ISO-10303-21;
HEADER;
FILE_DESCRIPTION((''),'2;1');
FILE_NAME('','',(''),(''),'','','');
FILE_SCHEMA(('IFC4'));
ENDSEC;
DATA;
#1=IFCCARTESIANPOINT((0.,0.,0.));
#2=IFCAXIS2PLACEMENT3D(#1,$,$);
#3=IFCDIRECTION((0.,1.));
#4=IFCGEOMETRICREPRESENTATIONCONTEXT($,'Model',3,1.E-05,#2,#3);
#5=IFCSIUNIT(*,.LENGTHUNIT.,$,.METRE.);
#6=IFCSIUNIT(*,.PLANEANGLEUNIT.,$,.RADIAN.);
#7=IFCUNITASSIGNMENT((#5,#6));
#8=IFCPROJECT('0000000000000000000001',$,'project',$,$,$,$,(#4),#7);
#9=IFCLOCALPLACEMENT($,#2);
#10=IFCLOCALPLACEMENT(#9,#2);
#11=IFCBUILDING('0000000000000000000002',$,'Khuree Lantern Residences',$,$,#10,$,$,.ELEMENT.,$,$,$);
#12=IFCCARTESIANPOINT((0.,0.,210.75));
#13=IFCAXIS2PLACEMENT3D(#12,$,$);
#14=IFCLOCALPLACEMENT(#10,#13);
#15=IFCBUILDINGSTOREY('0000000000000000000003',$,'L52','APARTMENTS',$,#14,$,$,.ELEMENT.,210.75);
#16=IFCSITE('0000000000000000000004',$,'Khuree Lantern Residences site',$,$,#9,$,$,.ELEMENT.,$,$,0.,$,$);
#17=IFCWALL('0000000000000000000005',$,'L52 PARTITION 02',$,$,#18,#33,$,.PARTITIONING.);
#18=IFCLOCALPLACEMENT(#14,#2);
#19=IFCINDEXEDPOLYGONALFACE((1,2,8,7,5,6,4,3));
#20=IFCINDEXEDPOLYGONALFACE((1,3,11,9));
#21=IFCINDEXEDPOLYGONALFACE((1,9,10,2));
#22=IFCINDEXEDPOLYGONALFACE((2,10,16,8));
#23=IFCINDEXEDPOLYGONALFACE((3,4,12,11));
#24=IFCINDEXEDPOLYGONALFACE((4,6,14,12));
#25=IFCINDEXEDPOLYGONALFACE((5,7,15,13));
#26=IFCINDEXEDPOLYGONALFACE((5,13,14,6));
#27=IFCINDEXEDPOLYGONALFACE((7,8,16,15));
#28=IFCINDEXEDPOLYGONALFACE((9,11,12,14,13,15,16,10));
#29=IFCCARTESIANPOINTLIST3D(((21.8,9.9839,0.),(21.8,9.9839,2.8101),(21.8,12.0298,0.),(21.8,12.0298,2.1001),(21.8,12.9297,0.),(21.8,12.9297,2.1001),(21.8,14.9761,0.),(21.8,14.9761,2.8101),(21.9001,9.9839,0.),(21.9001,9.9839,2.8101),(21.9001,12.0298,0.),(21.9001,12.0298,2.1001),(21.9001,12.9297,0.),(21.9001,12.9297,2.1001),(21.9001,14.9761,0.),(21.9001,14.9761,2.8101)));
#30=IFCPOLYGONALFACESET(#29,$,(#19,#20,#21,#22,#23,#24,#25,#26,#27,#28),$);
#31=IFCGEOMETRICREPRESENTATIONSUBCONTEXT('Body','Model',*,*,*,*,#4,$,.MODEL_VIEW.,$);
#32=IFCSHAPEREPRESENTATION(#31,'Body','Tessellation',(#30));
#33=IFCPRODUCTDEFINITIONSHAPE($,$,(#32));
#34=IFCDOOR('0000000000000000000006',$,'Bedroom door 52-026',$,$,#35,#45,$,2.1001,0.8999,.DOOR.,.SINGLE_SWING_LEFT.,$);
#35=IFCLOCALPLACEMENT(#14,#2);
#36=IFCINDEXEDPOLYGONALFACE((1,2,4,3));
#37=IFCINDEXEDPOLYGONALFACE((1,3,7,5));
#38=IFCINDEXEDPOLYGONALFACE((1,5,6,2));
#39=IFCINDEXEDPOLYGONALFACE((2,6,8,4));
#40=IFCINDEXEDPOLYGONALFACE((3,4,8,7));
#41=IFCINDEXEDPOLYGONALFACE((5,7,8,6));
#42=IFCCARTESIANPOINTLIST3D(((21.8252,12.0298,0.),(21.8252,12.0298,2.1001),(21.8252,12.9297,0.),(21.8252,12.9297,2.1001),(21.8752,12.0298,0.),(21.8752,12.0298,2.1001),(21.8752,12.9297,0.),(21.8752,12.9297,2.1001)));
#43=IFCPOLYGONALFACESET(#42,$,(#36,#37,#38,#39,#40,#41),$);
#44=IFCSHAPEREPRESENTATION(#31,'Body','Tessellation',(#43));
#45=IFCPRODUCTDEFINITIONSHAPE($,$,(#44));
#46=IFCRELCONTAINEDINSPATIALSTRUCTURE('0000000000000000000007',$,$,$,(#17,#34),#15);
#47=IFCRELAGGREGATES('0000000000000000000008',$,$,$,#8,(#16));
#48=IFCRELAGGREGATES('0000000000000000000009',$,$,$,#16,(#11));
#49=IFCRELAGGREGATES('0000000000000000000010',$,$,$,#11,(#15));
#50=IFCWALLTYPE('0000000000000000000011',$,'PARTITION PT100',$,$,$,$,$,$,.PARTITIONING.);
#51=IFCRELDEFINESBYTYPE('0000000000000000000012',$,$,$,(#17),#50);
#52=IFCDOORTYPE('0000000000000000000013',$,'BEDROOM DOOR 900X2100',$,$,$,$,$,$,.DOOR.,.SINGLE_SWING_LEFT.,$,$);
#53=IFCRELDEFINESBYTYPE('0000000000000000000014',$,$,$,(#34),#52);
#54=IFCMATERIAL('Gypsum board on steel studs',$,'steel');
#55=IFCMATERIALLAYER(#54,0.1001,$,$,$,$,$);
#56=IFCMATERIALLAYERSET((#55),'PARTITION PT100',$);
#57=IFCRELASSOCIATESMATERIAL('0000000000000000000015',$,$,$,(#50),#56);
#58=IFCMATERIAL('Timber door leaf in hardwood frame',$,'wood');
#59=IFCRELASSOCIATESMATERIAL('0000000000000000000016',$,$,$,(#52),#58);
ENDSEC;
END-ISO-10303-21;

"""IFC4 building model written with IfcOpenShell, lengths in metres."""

from ifc_helpers import new_model, si_unit, direction, frame, frame_2d, origin, place, context, subcontext, project, spatial, rectangle, extrude, material, layer, layer_set, type_object, element, fill, save


model = new_model("IFC4")

# Units and contexts
model_context = context("Model", 3, precision=1e-05, world=origin(), true_north=direction((0.0, 1.0)))
body_context = subcontext(model_context, "Body", "Model", "MODEL_VIEW")
ifc_project = project(units=[si_unit("LENGTHUNIT", "METRE"), si_unit("PLANEANGLEUNIT", "RADIAN")], contexts=[model_context])

# Site, building, storey
site_placement = place(None, origin())
site = spatial("IfcSite", under=ifc_project, at=site_placement, Name="Khuree Lantern Residences site", CompositionType="ELEMENT", RefElevation=0.0)
building_placement = place(site_placement, origin())
building = spatial("IfcBuilding", under=site, at=building_placement, Name="Khuree Lantern Residences", CompositionType="ELEMENT")
storey_placement = place(building_placement, frame((0.0, 0.0, 210.75)))
storey = spatial("IfcBuildingStorey", under=building, at=storey_placement, Name="L52", Description="APARTMENTS", CompositionType="ELEMENT", Elevation=210.75)

# Shared definitions
ifc_material_1 = material(Name="Timber door leaf in hardwood frame", Category="wood")

# Shared definitions
ifc_material_2 = material(Name="Gypsum board on steel studs", Category="steel")
ifc_layer_1 = layer(ifc_material_2, 0.1001)
ifc_layer_set_1 = layer_set([ifc_layer_1], Name="PARTITION PT100")
wall_type_1 = type_object("IfcWallType", Name="PARTITION PT100", PredefinedType="PARTITIONING", material=ifc_layer_set_1)

# Wall, opening, door
wall_1_placement = place(storey_placement, frame((21.8501, 9.9839, 0.0), z_axis=(0.0, 0.0, 1.0), x_axis=(0.0, 1.0, 0.0)))
wall_1 = element("IfcWall", 1, at=wall_1_placement, inside=storey, type_object=wall_type_1, Name="L52 PARTITION 02", PredefinedType="PARTITIONING", context=body_context, shape_type="SweptSolid", body=[
    extrude(rectangle(XDim=4.9922, YDim=0.1001, at=frame_2d((2.4961, 0.0))), origin(), (0.0, 0.0, 1.0), 2.8101),
])
opening_1_placement = place(wall_1_placement, frame((2.0459, 0.0, 0.0)))
opening_1 = element("IfcOpeningElement", 2, at=opening_1_placement, cuts=wall_1, PredefinedType="OPENING", context=body_context, shape_type="SweptSolid", body=[
    extrude(rectangle(XDim=0.8999, YDim=2.1001, at=frame_2d((0.45, 1.05))), frame((0.0, 0.0601, 0.0), z_axis=(0.0, -1.0, 0.0), x_axis=(1.0, 0.0, 0.0)), (0.0, 0.0, 1.0), 0.1201),
])
door_type_1 = type_object("IfcDoorType", Name="BEDROOM DOOR 900X2100", OperationType="SINGLE_SWING_LEFT", PredefinedType="DOOR", material=ifc_material_1)
door_1_placement = place(opening_1_placement, origin())
door_1 = element("IfcDoor", 3, at=door_1_placement, inside=storey, type_object=door_type_1, Name="Bedroom door 52-026", OperationType="SINGLE_SWING_LEFT", OverallHeight=2.1001, OverallWidth=0.8999, PredefinedType="DOOR", context=body_context, shape_type="SweptSolid", body=[
    extrude(rectangle(XDim=0.8999, YDim=2.1001, at=frame_2d((0.45, 1.05))), frame((0.0, 0.0249, 0.0), z_axis=(0.0, -1.0, 0.0), x_axis=(1.0, 0.0, 0.0)), (0.0, 0.0, 1.0), 0.05),
])
fill(opening_1, door_1)

save(model, "model.ifc")
